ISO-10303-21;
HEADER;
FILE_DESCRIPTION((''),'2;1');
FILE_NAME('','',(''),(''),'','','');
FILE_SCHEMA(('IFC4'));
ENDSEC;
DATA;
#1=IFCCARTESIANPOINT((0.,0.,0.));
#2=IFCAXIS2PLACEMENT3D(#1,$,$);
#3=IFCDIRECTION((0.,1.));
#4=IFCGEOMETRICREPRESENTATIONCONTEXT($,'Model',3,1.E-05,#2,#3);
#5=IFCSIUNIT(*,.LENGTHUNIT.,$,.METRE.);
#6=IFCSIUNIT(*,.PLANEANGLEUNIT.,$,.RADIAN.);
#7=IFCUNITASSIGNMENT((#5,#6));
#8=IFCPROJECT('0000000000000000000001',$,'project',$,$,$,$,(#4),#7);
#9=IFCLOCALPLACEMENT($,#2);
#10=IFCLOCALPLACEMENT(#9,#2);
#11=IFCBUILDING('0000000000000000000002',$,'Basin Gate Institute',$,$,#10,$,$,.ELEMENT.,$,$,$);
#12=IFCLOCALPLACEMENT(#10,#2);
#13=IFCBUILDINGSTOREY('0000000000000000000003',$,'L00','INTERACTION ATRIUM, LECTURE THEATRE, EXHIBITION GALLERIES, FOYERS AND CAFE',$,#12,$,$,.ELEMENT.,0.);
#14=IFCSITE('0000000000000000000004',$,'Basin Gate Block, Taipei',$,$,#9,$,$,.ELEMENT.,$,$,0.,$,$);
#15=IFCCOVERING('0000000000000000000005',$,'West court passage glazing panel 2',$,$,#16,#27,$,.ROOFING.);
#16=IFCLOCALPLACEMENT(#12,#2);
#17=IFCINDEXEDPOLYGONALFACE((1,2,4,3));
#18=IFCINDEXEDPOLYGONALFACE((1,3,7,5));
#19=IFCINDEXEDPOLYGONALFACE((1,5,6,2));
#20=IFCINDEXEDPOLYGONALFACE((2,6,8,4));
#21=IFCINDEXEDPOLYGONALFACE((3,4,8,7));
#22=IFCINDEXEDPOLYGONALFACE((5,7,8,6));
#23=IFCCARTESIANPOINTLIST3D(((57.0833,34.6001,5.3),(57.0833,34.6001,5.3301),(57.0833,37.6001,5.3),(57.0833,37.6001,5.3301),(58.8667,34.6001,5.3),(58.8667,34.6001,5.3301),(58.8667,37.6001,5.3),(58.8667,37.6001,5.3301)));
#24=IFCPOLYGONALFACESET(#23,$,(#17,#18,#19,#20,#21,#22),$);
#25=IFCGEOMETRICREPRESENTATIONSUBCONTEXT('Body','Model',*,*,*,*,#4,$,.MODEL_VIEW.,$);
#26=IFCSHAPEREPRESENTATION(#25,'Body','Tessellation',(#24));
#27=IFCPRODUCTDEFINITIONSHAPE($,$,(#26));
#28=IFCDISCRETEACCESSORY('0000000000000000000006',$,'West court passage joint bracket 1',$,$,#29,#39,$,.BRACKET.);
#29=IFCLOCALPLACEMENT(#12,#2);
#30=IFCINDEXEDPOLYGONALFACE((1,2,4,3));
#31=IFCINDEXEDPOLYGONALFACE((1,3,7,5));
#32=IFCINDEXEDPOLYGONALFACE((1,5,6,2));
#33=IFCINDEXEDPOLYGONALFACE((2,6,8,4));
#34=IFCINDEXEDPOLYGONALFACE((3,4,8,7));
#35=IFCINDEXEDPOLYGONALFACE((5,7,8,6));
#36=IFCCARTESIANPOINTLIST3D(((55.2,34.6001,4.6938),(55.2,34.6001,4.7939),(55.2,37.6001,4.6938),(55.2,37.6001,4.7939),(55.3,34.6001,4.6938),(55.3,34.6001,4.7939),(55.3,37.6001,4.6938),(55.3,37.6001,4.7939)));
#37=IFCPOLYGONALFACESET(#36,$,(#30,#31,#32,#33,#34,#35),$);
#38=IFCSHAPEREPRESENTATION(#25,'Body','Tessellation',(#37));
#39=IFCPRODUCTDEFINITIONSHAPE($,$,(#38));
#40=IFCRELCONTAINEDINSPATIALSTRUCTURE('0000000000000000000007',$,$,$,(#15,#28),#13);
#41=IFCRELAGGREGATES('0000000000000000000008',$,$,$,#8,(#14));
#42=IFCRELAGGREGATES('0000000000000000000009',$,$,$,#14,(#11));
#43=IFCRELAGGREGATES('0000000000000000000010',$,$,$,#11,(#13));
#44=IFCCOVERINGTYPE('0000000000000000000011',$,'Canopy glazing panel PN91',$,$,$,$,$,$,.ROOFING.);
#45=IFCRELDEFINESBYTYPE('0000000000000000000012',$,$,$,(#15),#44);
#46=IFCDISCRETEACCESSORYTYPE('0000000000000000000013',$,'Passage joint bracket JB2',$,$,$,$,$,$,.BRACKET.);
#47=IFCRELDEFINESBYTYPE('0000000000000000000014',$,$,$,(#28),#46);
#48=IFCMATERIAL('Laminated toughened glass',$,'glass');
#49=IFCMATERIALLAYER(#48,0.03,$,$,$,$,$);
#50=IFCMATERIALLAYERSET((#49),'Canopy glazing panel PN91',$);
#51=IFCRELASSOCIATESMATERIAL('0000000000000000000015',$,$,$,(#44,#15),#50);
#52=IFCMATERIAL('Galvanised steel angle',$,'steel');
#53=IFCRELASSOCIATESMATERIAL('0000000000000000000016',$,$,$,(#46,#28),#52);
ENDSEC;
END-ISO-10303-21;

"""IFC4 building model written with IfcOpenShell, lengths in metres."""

from ifc_helpers import new_model, si_unit, direction, frame, origin, origin_2d, place, context, subcontext, project, spatial, polyline, rectangle, outline, extrude, material, layer, layer_set, type_object, element, save


model = new_model("IFC4")

# Units and contexts
model_context = context("Model", 3, precision=1e-05, world=origin(), true_north=direction((0.0, 1.0)))
body_context = subcontext(model_context, "Body", "Model", "MODEL_VIEW")
ifc_project = project(units=[si_unit("LENGTHUNIT", "METRE"), si_unit("PLANEANGLEUNIT", "RADIAN")], contexts=[model_context])

# Site, building, storey
site_placement = place(None, origin())
site = spatial("IfcSite", under=ifc_project, at=site_placement, Name="Basin Gate Block, Taipei", CompositionType="ELEMENT", RefElevation=0.0)
building_placement = place(site_placement, origin())
building = spatial("IfcBuilding", under=site, at=building_placement, Name="Basin Gate Institute", CompositionType="ELEMENT")
storey_placement = place(building_placement, origin())
storey = spatial("IfcBuildingStorey", under=building, at=storey_placement, Name="L00", Description="INTERACTION ATRIUM, LECTURE THEATRE, EXHIBITION GALLERIES, FOYERS AND CAFE", CompositionType="ELEMENT", Elevation=0.0)

# Covering
ifc_material_1 = material(Name="Laminated toughened glass", Category="glass")
ifc_layer_1 = layer(ifc_material_1, 0.03)
ifc_layer_set_1 = layer_set([ifc_layer_1], Name="Canopy glazing panel PN91")
covering_type = type_object("IfcCoveringType", Name="Canopy glazing panel PN91", PredefinedType="ROOFING", material=ifc_layer_set_1)
covering_1_placement = place(storey_placement, frame((57.0833, 34.6001, 5.3301), z_axis=(0.0, 0.0, 1.0), x_axis=(1.0, 0.0, 0.0)))
element("IfcCovering", 1, at=covering_1_placement, inside=storey, type_object=covering_type, material=ifc_layer_set_1, Name="West court passage glazing panel 2", PredefinedType="ROOFING", context=body_context, shape_type="SweptSolid", body=[
    extrude(outline(polyline([(0.0, 0.0), (1.7834, 0.0), (1.7834, 3.0), (0.0, 3.0), (0.0, 0.0)])), origin(), (0.0, 0.0, -1.0), 0.03),
])

# Discrete accessory
ifc_material_2 = material(Name="Galvanised steel angle", Category="steel")
discrete_accessory_type = type_object("IfcDiscreteAccessoryType", Name="Passage joint bracket JB2", PredefinedType="BRACKET", material=ifc_material_2)
discrete_accessory_placement = place(storey_placement, frame((55.25, 36.1001, 4.6938), z_axis=(0.0, 0.0, 1.0), x_axis=(1.0, 0.0, 0.0)))
element("IfcDiscreteAccessory", 2, at=discrete_accessory_placement, inside=storey, type_object=discrete_accessory_type, material=ifc_material_2, Name="West court passage joint bracket 1", PredefinedType="BRACKET", context=body_context, shape_type="SweptSolid", body=[
    extrude(rectangle(XDim=0.1001, YDim=3.0, at=origin_2d()), origin(), (0.0, 0.0, 1.0), 0.1001),
])

save(model, "model.ifc")
